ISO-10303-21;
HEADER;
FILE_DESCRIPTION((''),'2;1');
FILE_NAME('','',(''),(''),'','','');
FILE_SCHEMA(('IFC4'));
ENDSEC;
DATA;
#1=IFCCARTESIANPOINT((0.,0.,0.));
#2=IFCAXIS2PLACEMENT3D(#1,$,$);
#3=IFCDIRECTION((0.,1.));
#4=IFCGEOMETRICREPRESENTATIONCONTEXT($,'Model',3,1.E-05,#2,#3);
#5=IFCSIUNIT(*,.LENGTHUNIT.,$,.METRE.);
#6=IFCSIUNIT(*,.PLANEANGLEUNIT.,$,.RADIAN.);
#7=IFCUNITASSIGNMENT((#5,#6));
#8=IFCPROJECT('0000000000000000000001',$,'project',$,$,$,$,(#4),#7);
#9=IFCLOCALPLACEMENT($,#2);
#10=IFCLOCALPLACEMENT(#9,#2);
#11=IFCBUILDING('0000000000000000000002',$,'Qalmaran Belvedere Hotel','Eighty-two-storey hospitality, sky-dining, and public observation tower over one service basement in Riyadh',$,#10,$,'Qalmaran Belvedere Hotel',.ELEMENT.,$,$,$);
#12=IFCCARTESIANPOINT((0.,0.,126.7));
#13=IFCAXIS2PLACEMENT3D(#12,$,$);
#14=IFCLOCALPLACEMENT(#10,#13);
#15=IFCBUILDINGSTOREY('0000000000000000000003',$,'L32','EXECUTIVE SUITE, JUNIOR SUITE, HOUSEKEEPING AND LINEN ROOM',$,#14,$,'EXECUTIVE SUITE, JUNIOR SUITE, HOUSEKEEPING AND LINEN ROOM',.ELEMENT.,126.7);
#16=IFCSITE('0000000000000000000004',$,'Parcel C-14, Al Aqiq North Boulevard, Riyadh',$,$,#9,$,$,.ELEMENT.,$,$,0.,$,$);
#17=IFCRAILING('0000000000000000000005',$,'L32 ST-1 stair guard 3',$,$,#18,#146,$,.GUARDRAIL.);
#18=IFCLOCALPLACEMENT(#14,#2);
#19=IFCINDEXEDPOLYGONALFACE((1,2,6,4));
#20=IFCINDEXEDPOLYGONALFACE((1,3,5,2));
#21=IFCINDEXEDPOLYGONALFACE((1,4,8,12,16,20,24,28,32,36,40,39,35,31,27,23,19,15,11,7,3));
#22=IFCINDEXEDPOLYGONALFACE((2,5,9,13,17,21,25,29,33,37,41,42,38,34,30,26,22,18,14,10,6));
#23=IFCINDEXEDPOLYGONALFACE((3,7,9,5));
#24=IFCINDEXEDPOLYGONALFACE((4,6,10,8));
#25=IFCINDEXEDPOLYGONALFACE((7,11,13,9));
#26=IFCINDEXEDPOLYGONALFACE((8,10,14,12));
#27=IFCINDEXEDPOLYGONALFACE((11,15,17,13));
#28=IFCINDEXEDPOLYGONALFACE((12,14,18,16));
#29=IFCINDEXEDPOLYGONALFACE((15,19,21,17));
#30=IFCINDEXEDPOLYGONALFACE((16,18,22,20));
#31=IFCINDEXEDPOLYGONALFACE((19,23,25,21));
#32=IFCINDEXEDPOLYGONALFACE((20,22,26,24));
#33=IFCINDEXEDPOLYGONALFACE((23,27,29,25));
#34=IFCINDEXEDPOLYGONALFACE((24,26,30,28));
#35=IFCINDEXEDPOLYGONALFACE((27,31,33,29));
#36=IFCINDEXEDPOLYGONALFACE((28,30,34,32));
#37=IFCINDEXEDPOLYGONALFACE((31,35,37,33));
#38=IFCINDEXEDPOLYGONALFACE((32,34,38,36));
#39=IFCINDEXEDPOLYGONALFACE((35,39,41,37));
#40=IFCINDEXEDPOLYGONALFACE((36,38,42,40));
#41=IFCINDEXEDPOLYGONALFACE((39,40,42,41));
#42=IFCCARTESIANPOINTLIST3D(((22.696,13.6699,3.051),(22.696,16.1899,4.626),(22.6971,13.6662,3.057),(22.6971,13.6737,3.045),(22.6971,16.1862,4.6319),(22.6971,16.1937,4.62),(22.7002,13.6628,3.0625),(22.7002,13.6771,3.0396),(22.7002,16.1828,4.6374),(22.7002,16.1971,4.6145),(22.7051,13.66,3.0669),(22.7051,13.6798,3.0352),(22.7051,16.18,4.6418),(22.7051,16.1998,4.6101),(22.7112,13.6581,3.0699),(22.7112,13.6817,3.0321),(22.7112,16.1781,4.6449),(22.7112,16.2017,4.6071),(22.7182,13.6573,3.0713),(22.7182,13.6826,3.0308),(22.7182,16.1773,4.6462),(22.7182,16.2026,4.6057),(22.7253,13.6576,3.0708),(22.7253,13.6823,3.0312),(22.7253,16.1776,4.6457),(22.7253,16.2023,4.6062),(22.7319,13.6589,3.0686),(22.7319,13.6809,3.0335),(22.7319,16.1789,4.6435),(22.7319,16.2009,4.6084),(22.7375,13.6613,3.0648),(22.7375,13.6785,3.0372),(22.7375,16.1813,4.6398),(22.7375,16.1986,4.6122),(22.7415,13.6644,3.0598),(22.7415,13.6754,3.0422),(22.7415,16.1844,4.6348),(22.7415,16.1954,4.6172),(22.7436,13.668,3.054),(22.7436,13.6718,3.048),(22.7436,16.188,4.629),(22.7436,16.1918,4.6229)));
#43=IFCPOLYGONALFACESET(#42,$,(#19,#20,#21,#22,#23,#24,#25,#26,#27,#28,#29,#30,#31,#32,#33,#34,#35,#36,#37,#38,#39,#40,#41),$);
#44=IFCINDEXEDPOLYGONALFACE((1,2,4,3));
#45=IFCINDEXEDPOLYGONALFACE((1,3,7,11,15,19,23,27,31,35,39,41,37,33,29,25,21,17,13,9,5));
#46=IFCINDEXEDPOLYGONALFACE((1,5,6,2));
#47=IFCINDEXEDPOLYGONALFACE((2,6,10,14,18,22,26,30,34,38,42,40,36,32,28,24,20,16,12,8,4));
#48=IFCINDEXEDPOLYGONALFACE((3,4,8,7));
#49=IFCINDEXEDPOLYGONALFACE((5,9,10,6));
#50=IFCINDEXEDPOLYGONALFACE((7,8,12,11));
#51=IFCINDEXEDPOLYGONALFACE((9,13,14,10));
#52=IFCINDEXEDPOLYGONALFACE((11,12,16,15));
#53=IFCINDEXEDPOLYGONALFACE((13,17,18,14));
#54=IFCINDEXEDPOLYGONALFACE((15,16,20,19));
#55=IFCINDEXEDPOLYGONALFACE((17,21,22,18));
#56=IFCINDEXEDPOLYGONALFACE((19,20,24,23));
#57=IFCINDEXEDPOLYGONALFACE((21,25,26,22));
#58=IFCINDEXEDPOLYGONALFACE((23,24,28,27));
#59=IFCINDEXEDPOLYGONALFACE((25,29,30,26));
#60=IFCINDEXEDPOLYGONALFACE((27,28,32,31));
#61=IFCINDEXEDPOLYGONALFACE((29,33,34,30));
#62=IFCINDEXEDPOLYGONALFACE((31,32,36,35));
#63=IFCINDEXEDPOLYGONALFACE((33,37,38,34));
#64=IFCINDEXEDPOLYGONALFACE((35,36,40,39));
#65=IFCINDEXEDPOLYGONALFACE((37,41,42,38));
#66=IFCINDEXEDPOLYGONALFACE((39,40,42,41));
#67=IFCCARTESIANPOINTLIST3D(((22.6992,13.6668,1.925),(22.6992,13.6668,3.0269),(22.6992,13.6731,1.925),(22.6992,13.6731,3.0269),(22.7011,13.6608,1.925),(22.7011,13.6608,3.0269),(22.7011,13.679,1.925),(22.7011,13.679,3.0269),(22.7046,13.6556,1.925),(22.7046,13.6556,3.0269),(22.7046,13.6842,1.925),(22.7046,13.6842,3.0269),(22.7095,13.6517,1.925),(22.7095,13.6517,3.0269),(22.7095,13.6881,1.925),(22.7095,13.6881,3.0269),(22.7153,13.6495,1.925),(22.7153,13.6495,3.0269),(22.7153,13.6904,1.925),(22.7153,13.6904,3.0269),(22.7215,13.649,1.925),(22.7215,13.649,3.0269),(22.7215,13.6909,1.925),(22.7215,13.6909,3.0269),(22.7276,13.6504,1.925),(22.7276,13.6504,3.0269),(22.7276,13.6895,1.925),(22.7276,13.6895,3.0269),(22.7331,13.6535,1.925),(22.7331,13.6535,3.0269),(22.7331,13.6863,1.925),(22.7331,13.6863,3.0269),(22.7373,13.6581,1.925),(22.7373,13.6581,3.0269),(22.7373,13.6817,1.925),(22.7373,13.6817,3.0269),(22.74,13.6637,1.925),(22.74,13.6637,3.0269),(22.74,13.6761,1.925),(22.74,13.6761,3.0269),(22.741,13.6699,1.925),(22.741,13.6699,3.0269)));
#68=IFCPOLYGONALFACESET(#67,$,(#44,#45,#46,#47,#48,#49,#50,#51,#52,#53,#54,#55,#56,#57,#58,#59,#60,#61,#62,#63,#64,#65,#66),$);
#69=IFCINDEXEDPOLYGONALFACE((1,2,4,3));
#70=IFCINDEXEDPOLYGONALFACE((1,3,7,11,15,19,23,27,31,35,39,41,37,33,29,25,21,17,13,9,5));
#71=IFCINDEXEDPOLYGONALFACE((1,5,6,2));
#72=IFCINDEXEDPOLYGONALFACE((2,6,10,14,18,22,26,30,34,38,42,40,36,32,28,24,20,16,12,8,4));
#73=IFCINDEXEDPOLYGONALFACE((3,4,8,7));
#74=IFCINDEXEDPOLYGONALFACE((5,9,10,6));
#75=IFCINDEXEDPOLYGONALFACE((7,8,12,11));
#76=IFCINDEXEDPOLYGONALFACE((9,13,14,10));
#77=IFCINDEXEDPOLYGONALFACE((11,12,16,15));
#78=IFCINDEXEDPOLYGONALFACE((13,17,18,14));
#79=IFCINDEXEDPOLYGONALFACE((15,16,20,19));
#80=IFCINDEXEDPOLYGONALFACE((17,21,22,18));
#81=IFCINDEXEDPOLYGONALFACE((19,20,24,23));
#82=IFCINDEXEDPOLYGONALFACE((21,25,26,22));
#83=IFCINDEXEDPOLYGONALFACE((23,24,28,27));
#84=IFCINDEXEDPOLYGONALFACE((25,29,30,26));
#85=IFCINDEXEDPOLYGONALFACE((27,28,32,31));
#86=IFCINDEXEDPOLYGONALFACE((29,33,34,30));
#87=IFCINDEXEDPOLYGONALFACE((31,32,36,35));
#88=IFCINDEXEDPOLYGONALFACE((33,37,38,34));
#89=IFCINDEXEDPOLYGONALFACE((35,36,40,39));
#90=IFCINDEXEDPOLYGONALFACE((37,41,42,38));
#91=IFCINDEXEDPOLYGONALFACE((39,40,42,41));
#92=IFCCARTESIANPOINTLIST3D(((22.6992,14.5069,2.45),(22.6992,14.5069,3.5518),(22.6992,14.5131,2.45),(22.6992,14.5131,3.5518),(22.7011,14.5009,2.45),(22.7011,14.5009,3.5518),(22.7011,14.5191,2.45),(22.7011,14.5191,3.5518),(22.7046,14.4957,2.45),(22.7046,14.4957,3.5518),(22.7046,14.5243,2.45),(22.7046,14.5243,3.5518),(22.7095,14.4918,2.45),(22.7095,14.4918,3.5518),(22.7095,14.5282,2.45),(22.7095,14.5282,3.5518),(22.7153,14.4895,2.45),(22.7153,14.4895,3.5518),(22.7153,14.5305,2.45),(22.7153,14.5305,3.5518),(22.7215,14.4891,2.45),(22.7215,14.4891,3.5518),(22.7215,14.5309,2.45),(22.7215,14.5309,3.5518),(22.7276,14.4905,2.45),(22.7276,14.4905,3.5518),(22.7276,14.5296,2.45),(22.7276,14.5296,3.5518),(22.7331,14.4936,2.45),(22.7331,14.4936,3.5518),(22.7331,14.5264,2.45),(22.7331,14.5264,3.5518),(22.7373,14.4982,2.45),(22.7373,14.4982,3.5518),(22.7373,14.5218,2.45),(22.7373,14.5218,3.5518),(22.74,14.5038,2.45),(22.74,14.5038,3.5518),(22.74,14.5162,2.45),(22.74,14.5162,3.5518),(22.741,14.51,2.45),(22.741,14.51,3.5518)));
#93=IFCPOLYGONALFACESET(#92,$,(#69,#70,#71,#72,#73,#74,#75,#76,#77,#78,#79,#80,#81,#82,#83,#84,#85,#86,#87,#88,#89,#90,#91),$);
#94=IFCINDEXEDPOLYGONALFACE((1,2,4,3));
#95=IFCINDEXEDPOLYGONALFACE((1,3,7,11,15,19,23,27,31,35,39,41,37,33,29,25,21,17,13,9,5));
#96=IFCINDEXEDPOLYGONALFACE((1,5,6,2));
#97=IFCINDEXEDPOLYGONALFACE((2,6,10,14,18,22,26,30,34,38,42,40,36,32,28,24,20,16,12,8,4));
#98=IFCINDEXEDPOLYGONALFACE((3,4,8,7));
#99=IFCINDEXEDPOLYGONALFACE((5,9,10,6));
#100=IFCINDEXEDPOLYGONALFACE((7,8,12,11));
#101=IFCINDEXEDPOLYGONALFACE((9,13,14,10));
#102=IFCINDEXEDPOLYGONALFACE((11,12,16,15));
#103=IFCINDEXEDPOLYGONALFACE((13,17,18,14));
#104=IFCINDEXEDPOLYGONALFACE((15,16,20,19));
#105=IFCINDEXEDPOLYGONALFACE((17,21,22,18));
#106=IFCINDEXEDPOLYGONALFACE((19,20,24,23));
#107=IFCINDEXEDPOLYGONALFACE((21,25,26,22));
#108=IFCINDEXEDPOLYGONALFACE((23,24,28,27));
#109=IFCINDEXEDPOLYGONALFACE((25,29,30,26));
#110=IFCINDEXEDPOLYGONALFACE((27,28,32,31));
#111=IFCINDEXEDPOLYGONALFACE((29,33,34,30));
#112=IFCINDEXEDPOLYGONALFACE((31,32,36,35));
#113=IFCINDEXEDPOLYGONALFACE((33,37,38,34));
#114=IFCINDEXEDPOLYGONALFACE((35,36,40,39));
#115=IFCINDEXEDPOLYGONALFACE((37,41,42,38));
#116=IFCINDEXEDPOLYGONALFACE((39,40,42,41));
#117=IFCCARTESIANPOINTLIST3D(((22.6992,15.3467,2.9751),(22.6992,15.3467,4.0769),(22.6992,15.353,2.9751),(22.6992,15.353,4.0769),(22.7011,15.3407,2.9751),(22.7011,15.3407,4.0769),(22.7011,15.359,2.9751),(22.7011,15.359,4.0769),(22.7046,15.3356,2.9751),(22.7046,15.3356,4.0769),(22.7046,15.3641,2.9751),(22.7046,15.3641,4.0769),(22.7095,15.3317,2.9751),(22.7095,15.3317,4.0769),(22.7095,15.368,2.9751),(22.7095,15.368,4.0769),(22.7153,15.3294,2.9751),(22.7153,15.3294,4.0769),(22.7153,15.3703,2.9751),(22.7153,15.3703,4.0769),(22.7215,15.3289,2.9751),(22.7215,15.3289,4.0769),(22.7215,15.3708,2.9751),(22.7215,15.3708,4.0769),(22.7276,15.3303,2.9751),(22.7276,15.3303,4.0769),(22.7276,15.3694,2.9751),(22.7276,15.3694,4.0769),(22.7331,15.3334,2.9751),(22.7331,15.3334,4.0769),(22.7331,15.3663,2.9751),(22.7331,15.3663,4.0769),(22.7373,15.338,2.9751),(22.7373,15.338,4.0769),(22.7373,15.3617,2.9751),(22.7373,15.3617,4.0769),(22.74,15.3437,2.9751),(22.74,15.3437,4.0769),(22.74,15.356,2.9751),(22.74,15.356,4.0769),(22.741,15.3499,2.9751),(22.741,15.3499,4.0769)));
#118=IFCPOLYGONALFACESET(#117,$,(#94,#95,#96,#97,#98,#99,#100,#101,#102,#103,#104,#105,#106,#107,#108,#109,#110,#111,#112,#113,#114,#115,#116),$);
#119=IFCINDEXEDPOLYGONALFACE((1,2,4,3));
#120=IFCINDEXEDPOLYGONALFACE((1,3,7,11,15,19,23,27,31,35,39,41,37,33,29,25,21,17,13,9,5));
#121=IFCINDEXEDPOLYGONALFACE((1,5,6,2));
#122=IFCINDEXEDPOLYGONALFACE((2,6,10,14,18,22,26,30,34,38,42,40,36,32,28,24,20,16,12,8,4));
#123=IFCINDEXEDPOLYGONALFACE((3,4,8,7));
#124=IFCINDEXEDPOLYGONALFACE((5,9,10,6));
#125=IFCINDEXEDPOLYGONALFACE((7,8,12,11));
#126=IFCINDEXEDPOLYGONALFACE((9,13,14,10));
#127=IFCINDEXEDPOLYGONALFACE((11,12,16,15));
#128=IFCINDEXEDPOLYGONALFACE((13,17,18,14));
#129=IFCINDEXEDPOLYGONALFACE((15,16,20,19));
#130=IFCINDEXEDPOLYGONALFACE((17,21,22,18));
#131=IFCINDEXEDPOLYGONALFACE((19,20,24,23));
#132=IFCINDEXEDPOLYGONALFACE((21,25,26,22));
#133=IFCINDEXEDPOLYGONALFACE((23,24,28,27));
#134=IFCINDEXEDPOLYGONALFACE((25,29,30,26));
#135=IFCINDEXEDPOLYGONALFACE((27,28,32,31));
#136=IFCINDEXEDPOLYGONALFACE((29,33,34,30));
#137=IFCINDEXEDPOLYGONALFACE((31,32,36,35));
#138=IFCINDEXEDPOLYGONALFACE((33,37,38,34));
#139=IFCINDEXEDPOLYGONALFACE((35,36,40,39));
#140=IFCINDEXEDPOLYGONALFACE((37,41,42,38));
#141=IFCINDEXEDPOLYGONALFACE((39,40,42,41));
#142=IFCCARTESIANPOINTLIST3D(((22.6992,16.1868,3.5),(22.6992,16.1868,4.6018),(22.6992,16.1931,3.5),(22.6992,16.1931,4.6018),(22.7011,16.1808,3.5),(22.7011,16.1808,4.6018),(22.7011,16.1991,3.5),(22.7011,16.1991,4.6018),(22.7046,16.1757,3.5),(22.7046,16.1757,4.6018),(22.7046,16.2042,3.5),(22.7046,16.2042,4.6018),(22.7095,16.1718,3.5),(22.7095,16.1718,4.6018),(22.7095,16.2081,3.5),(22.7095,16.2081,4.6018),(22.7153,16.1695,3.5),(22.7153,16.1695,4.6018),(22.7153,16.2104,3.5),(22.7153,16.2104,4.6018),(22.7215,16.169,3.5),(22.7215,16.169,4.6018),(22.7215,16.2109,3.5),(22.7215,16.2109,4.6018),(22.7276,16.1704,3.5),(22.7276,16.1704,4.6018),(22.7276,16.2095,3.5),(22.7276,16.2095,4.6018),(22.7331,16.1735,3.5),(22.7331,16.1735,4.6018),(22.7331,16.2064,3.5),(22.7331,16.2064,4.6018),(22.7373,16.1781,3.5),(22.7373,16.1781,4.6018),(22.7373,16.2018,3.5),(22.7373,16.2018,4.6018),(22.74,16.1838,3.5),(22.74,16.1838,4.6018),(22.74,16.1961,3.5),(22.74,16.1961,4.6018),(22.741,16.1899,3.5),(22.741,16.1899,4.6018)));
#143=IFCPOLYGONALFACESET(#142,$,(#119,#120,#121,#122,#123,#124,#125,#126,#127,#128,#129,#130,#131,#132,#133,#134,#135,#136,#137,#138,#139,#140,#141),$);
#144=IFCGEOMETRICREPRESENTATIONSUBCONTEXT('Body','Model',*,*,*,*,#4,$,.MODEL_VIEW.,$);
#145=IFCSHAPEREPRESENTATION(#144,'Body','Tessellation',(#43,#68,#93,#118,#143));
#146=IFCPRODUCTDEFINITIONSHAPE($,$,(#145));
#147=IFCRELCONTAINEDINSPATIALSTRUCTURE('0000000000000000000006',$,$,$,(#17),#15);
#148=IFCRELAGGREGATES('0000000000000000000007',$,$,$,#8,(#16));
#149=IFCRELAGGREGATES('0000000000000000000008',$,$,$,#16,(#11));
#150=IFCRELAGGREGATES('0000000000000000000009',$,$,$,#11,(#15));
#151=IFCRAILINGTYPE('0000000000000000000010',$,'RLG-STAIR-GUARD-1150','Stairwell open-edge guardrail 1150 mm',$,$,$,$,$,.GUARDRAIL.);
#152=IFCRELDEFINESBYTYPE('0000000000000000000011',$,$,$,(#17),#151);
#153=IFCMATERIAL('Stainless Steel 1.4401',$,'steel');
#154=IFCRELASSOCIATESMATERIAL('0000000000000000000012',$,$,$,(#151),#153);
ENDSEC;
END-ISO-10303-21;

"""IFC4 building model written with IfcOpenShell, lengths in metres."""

from ifc_helpers import new_model, si_unit, direction, frame, origin, origin_2d, place, context, subcontext, project, spatial, circle, extrude, material, type_object, element, save


model = new_model("IFC4")

# Units and contexts
model_context = context("Model", 3, precision=1e-05, world=origin(), true_north=direction((0.0, 1.0)))
body_context = subcontext(model_context, "Body", "Model", "MODEL_VIEW")
ifc_project = project(units=[si_unit("LENGTHUNIT", "METRE"), si_unit("PLANEANGLEUNIT", "RADIAN")], contexts=[model_context])

# Site, building, storey
site_placement = place(None, origin())
site = spatial("IfcSite", under=ifc_project, at=site_placement, Name="Parcel C-14, Al Aqiq North Boulevard, Riyadh", CompositionType="ELEMENT", RefElevation=0.0)
building_placement = place(site_placement, origin())
building = spatial("IfcBuilding", under=site, at=building_placement, Name="Qalmaran Belvedere Hotel", Description="Eighty-two-storey hospitality, sky-dining, and public observation tower over one service basement in Riyadh", LongName="Qalmaran Belvedere Hotel", CompositionType="ELEMENT")
storey_placement = place(building_placement, frame((0.0, 0.0, 126.7)))
storey = spatial("IfcBuildingStorey", under=building, at=storey_placement, Name="L32", Description="EXECUTIVE SUITE, JUNIOR SUITE, HOUSEKEEPING AND LINEN ROOM", LongName="EXECUTIVE SUITE, JUNIOR SUITE, HOUSEKEEPING AND LINEN ROOM", CompositionType="ELEMENT", Elevation=126.7)

# Railing
ifc_material_1 = material(Name="Stainless Steel 1.4401", Category="steel")
railing_type_1 = type_object("IfcRailingType", Name="RLG-STAIR-GUARD-1150", Description="Stairwell open-edge guardrail 1150 mm", PredefinedType="GUARDRAIL", material=ifc_material_1)
railing_1_placement = place(storey_placement, frame((22.72, 13.6699, 1.925)))
element("IfcRailing", 1, at=railing_1_placement, inside=storey, type_object=railing_type_1, Name="L32 ST-1 stair guard 3", PredefinedType="GUARDRAIL", context=body_context, shape_type="SweptSolid", body=[
    extrude(circle(Radius=0.0239, at=origin_2d()), frame((0.0, 0.0, 1.126), z_axis=(0.0, 0.848008, 0.529984), x_axis=(-1.0, 0.0, 0.0)), (0.0, 0.0, 1.0), 2.9717),
    extrude(circle(Radius=0.021, at=origin_2d()), origin(), (0.0, 0.0, 1.0), 1.1018),
    extrude(circle(Radius=0.021, at=origin_2d()), frame((0.0, 0.8401, 0.5249)), (0.0, 0.0, 1.0), 1.1018),
    extrude(circle(Radius=0.021, at=origin_2d()), frame((0.0, 1.6799, 1.05)), (0.0, 0.0, 1.0), 1.1018),
    extrude(circle(Radius=0.021, at=origin_2d()), frame((0.0, 2.52, 1.575)), (0.0, 0.0, 1.0), 1.1018),
])

save(model, "model.ifc")
